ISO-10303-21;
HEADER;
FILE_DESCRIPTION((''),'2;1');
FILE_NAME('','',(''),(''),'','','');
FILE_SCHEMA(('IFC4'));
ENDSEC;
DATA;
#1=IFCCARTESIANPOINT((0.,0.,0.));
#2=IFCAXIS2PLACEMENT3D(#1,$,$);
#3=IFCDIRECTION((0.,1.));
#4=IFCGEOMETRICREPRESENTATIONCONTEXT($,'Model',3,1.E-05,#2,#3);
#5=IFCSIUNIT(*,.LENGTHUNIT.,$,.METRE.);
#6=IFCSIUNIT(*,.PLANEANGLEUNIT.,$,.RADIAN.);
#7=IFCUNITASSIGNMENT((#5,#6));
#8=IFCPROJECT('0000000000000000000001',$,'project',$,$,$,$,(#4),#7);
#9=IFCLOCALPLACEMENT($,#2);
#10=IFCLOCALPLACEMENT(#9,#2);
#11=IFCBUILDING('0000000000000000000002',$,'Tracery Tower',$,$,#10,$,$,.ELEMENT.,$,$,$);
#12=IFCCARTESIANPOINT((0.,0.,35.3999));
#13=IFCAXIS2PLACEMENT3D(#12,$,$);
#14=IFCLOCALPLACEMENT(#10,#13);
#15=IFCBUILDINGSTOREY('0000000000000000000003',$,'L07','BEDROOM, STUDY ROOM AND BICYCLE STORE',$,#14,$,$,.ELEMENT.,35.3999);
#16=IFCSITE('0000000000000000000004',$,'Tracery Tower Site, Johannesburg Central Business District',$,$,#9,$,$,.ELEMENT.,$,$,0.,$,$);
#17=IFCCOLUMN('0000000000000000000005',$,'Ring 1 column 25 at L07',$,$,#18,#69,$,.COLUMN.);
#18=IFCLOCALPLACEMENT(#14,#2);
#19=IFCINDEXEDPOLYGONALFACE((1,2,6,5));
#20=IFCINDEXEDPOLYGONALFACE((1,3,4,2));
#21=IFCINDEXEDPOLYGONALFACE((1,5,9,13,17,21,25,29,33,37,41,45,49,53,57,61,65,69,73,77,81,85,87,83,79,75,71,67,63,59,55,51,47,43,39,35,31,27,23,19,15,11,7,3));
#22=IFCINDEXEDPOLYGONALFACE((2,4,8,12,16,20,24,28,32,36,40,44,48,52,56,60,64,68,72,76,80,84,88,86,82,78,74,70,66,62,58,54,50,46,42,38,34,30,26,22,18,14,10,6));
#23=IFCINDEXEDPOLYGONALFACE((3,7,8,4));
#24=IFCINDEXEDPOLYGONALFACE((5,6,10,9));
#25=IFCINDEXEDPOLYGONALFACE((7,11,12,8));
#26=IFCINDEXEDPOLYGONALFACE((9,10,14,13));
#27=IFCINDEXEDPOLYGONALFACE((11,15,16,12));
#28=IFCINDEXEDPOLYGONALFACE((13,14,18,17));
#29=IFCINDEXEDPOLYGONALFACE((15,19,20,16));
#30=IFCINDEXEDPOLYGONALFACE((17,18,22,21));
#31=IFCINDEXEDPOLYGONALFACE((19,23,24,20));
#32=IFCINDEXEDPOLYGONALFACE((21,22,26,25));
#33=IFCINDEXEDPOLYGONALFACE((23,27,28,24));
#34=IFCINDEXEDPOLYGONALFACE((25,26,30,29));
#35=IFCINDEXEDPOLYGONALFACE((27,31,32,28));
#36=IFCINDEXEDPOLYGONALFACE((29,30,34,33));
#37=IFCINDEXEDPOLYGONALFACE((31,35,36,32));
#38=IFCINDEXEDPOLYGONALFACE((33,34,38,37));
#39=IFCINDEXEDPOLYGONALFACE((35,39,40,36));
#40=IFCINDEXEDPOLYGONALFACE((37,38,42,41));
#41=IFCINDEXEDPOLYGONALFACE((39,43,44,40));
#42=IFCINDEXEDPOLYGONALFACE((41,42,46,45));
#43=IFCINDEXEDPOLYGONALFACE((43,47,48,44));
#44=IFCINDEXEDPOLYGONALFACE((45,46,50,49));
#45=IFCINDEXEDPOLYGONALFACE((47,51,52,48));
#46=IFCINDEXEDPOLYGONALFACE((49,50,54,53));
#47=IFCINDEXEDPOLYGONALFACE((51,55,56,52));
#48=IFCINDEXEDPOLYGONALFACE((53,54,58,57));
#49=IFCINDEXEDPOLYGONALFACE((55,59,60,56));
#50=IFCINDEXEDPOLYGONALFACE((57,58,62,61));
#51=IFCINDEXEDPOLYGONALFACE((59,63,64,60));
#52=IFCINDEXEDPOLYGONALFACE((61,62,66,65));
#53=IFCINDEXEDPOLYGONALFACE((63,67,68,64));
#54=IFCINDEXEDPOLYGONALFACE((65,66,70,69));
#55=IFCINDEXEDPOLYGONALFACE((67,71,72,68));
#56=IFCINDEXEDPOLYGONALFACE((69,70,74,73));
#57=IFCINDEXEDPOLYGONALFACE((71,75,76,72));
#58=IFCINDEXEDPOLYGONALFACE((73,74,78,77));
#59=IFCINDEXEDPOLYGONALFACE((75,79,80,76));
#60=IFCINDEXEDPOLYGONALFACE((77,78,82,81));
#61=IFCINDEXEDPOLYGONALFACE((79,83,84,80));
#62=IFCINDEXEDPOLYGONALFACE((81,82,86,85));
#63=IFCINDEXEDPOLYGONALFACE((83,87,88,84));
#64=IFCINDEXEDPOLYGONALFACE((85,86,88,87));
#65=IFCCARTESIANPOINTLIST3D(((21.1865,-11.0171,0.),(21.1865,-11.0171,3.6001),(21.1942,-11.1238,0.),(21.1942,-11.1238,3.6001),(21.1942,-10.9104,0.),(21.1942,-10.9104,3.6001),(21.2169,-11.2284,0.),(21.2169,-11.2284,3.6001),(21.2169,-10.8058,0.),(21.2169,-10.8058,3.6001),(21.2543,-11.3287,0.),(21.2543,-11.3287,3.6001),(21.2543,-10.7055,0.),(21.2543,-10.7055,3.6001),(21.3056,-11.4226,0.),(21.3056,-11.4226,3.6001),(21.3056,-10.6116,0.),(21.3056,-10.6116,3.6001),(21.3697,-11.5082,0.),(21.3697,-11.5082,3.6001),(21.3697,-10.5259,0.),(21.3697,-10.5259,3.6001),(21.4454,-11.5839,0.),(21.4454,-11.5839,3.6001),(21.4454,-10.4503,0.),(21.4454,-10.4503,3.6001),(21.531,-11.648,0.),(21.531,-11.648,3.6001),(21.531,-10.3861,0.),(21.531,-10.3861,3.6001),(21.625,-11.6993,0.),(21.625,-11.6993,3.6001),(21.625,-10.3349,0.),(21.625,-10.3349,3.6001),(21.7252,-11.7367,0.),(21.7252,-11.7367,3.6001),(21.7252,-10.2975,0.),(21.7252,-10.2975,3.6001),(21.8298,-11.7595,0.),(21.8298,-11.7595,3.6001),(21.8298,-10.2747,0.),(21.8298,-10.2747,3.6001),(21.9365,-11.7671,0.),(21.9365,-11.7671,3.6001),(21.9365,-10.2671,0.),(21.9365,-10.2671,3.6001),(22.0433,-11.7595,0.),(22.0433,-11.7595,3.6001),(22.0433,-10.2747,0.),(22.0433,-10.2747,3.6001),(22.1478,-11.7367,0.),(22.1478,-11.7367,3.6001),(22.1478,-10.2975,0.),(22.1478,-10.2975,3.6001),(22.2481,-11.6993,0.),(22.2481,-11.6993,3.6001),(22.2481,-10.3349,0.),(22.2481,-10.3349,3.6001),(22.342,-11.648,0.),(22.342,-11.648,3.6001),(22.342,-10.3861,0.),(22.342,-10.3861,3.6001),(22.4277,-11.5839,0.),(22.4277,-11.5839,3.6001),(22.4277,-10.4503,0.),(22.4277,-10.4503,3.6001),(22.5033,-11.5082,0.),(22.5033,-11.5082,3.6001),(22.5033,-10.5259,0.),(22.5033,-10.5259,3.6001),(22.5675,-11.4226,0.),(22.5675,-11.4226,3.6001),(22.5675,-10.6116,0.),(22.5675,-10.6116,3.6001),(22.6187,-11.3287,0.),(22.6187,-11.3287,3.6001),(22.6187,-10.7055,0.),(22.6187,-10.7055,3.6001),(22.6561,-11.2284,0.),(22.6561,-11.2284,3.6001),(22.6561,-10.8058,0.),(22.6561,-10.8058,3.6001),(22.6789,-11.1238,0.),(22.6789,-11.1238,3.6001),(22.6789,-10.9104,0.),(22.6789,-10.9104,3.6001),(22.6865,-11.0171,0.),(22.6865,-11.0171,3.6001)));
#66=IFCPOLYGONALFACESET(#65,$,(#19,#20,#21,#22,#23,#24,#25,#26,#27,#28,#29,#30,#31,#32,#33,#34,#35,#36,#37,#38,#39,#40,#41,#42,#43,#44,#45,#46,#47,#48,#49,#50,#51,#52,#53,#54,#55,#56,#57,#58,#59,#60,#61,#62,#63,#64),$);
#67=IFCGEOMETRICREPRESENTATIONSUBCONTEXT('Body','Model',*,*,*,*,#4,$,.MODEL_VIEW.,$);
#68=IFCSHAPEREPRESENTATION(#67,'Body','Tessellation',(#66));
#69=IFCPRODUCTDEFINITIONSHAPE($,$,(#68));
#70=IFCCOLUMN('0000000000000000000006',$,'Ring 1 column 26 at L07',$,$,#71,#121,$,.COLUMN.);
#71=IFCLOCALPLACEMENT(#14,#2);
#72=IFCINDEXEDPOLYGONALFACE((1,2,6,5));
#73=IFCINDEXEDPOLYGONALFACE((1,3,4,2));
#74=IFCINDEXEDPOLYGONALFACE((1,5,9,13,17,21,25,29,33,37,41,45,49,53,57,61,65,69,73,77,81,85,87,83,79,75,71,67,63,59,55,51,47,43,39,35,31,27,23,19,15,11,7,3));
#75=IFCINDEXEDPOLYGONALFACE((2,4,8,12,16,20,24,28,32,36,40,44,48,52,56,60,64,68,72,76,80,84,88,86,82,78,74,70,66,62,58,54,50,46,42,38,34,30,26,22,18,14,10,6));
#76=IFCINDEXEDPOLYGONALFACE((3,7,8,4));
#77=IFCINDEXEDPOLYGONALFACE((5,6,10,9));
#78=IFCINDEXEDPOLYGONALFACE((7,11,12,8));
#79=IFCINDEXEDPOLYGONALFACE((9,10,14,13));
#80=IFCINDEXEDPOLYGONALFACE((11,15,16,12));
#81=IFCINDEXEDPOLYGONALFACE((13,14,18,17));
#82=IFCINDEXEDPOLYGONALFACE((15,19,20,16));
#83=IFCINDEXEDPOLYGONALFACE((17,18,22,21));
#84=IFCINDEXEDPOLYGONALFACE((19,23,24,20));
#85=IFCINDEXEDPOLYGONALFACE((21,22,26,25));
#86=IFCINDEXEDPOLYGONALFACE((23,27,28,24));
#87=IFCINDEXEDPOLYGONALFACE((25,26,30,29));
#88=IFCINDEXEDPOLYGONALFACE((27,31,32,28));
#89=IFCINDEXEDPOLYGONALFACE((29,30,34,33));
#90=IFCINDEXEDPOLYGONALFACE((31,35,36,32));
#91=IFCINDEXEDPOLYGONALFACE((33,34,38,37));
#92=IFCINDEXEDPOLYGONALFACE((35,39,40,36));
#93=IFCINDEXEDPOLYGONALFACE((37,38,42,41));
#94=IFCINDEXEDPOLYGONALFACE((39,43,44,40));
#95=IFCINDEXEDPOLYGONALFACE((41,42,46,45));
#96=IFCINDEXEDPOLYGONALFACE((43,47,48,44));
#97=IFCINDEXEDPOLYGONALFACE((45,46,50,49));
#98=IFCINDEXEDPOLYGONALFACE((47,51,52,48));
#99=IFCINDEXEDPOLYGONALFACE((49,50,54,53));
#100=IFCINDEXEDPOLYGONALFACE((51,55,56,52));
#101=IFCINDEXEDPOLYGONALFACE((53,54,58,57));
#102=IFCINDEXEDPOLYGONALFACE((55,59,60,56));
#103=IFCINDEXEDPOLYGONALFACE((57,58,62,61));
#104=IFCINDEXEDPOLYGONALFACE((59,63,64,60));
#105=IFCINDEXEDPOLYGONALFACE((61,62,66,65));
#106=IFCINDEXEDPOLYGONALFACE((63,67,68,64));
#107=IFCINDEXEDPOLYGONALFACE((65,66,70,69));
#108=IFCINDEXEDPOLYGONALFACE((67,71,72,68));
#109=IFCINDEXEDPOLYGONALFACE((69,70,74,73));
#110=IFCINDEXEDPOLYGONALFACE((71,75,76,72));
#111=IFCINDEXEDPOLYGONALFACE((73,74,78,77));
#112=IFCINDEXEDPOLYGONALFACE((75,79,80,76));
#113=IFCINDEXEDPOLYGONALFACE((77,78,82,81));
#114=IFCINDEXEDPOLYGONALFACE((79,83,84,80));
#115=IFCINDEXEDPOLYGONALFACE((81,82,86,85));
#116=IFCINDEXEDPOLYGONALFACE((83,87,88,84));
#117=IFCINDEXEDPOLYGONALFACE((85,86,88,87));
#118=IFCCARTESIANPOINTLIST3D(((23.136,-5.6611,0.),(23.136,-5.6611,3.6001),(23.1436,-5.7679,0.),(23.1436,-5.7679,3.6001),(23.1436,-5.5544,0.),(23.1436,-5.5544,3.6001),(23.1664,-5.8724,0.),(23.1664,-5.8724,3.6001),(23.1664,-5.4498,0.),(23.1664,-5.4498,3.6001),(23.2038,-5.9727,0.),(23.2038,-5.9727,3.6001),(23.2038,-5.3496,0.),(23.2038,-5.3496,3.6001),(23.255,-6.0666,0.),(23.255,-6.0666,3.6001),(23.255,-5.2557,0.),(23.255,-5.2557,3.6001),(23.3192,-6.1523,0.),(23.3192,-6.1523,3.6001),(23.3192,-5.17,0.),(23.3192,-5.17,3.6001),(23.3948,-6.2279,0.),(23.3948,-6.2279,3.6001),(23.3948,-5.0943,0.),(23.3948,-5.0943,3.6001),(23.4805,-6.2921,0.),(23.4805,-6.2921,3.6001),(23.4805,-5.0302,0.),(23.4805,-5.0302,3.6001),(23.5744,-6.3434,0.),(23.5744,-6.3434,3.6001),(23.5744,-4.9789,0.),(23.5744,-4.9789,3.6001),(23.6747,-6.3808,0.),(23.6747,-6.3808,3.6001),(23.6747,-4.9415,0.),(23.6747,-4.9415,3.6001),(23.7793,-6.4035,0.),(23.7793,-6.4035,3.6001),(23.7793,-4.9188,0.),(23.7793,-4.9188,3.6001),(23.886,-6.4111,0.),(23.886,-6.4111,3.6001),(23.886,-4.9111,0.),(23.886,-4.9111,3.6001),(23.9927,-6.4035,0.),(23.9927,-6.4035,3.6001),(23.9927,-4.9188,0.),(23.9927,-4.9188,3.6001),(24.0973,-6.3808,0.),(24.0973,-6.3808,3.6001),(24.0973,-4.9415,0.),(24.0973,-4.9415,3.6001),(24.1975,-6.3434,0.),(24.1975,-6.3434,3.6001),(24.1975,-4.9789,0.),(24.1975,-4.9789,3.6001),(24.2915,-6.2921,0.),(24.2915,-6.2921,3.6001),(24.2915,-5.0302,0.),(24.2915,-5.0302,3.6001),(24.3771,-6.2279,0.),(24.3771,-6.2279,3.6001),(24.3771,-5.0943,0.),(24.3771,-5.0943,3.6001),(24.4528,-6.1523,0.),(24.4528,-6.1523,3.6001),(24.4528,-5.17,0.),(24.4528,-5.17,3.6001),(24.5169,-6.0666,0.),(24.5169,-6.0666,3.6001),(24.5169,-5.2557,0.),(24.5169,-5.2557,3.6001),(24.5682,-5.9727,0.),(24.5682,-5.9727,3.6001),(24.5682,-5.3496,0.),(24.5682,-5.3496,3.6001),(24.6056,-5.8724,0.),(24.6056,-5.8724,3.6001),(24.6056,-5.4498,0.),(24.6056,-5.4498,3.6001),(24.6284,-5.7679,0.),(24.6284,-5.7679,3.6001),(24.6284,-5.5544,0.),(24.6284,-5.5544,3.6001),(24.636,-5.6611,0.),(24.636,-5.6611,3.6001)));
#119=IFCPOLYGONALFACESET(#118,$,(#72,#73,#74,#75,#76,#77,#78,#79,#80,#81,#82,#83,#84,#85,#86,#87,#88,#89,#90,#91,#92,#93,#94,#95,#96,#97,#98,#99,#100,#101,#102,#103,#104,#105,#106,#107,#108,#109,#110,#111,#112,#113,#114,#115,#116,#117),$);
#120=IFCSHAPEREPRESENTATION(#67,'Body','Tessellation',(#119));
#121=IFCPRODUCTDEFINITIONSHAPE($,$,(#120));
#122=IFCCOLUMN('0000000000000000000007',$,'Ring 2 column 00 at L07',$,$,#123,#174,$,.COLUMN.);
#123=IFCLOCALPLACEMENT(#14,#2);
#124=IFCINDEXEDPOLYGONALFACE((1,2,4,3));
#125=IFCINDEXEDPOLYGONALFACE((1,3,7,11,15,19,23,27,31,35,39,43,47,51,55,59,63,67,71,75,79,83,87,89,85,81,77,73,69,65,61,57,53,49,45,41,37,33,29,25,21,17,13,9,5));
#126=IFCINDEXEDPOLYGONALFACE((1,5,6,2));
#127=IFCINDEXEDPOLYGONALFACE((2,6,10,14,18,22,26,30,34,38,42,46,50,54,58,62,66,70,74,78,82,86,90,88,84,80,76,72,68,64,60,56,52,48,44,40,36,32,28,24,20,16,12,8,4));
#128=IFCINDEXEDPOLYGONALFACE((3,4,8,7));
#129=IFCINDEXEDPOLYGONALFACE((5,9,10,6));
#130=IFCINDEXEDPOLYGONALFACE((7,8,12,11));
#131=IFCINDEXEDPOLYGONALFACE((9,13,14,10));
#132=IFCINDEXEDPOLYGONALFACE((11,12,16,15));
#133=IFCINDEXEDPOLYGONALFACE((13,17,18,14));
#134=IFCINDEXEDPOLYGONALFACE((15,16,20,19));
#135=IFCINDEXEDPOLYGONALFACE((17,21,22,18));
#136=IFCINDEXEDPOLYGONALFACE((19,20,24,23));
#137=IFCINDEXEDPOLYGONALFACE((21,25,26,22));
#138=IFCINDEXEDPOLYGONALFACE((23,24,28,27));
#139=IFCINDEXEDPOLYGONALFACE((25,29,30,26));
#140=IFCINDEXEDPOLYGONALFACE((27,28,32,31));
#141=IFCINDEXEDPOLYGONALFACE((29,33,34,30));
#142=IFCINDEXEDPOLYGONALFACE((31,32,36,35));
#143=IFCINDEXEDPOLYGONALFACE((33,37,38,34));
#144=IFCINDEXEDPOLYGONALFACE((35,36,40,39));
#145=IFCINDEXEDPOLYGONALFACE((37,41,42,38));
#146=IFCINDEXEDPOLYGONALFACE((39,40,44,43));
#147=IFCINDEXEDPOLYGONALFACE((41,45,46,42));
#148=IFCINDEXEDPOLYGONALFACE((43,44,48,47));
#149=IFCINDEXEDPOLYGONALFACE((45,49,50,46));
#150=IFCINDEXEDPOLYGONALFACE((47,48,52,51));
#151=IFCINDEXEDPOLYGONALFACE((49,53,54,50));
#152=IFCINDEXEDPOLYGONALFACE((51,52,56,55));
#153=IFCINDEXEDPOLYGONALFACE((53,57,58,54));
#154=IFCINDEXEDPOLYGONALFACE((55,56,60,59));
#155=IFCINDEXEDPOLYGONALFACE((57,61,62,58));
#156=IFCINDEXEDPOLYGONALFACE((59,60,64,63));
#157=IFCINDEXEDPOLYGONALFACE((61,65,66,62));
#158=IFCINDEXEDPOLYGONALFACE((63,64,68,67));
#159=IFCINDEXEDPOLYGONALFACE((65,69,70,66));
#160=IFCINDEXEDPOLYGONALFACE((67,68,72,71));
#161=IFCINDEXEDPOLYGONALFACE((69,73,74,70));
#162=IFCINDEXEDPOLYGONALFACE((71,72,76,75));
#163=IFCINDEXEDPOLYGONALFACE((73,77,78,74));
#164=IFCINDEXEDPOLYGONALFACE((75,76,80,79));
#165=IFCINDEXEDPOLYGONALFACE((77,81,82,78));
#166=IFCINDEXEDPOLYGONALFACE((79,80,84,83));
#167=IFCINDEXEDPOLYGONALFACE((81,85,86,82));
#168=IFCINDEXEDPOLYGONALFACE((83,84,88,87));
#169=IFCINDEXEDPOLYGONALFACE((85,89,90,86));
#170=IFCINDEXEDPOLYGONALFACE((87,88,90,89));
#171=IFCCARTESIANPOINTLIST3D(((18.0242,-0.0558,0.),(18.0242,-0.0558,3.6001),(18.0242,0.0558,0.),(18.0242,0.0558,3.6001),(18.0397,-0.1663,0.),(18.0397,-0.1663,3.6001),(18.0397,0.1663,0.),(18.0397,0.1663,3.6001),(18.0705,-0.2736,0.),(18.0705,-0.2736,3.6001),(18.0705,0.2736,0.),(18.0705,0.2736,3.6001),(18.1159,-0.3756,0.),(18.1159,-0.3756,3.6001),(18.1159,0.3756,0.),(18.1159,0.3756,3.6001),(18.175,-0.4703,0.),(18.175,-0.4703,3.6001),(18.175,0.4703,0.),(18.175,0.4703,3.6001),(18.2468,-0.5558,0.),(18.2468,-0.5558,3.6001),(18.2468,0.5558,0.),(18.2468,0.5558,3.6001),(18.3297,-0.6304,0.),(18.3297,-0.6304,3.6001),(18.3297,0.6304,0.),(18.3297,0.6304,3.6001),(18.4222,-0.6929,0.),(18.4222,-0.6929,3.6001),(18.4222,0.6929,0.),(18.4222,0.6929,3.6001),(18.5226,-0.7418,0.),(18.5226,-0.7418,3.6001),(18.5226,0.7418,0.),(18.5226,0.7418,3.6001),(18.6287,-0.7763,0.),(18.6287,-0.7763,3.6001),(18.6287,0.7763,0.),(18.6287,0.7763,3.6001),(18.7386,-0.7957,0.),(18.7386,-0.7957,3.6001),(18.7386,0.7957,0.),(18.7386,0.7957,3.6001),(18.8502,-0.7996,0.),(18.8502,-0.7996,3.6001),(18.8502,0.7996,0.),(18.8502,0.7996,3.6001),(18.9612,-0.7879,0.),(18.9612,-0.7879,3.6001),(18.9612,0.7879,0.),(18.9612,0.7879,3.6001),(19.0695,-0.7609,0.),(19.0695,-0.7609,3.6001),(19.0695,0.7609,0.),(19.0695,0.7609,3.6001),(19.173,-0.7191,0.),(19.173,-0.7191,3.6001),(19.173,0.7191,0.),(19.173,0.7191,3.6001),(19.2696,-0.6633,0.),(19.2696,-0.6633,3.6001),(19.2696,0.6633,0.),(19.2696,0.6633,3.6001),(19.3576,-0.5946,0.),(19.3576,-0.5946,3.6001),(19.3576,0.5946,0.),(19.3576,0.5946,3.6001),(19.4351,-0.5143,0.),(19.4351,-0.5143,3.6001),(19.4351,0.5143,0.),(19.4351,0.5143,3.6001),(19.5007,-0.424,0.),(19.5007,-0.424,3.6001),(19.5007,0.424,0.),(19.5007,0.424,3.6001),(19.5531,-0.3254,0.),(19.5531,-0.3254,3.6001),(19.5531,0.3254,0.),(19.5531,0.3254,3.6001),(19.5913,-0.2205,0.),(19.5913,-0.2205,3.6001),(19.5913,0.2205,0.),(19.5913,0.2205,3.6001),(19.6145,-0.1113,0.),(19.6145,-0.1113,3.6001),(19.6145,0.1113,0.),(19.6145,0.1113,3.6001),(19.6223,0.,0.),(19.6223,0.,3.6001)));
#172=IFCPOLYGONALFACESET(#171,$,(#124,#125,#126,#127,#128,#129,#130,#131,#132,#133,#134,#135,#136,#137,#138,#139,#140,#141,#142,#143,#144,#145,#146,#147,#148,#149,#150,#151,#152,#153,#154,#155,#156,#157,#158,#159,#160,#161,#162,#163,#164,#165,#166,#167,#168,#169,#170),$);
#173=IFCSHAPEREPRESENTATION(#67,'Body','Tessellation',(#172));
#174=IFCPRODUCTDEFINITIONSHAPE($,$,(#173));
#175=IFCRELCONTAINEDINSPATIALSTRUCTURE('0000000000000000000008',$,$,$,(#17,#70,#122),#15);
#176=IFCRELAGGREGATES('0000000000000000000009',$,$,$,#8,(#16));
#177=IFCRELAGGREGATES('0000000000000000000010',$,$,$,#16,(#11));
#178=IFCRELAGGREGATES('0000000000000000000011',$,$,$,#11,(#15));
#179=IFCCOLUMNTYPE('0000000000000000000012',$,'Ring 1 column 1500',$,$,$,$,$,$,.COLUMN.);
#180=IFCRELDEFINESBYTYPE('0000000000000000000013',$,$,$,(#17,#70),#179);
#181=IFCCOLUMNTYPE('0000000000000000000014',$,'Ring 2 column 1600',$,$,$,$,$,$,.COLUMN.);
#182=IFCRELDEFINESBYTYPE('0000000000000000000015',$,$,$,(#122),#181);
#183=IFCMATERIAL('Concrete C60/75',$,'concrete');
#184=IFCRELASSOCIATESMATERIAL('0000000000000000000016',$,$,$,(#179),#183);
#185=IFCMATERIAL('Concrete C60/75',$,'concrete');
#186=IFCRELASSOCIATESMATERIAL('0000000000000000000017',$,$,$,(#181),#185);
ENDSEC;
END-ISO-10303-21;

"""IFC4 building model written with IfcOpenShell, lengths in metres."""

from ifc_helpers import new_model, si_unit, direction, frame, origin, origin_2d, place, context, subcontext, project, spatial, circle, extrude, material, material_profile, profile_set, type_object, element, save


model = new_model("IFC4")

# Units and contexts
model_context = context("Model", 3, precision=1e-05, world=origin(), true_north=direction((0.0, 1.0)))
body_context = subcontext(model_context, "Body", "Model", "MODEL_VIEW")
ifc_project = project(units=[si_unit("LENGTHUNIT", "METRE"), si_unit("PLANEANGLEUNIT", "RADIAN")], contexts=[model_context])

# Site, building, storey
site_placement = place(None, origin())
site = spatial("IfcSite", under=ifc_project, at=site_placement, Name="Tracery Tower Site, Johannesburg Central Business District", CompositionType="ELEMENT", RefElevation=0.0)
building_placement = place(site_placement, origin())
building = spatial("IfcBuilding", under=site, at=building_placement, Name="Tracery Tower", CompositionType="ELEMENT")
storey_placement = place(building_placement, frame((0.0, 0.0, 35.3999)))
storey = spatial("IfcBuildingStorey", under=building, at=storey_placement, Name="L07", Description="BEDROOM, STUDY ROOM AND BICYCLE STORE", CompositionType="ELEMENT", Elevation=35.3999)

# Columns
ifc_material_1 = material(Name="Concrete C60/75", Category="concrete")
ifc_material_profile_1 = material_profile(ifc_material_1, circle(Radius=0.75, at=origin_2d()), Name="RC D1500")
ifc_profile_set_1 = profile_set([ifc_material_profile_1], Name="Concrete C60/75")
column_type_1 = type_object("IfcColumnType", Name="Ring 1 column 1500", PredefinedType="COLUMN", material=ifc_profile_set_1)
for number, where, z_axis, x_axis, name in (
    (1, (21.9365, -11.0171, 0.0), (0.0, 0.0, 1.0), (1.0, 0.0, 0.0), "Ring 1 column 25 at L07"),
    (2, (23.886, -5.6611, 0.0), (0.0, 0.0, 1.0), (1.0, 0.0, 0.0), "Ring 1 column 26 at L07"),
):
    element("IfcColumn", number, at=place(storey_placement, frame(where, z_axis=z_axis, x_axis=x_axis)), inside=storey, type_object=column_type_1, Name=name, PredefinedType="COLUMN", context=body_context, shape_type="SweptSolid", body=[
        extrude(circle(Radius=0.75, at=origin_2d()), origin(), (0.0, 0.0, 1.0), 3.6001),
    ])
ifc_material_2 = material(Name="Concrete C60/75", Category="concrete")
ifc_material_profile_2 = material_profile(ifc_material_2, circle(Radius=0.8, at=origin_2d()), Name="RC D1600")
ifc_profile_set_2 = profile_set([ifc_material_profile_2], Name="Concrete C60/75")
column_type_2 = type_object("IfcColumnType", Name="Ring 2 column 1600", PredefinedType="COLUMN", material=ifc_profile_set_2)
for number, where, z_axis, x_axis, name in (
    (3, (18.8223, 0.0, 0.0), (0.0, 0.0, 1.0), (1.0, 0.0, 0.0), "Ring 2 column 00 at L07"),
):
    element("IfcColumn", number, at=place(storey_placement, frame(where, z_axis=z_axis, x_axis=x_axis)), inside=storey, type_object=column_type_2, Name=name, PredefinedType="COLUMN", context=body_context, shape_type="SweptSolid", body=[
        extrude(circle(Radius=0.8, at=origin_2d()), origin(), (0.0, 0.0, 1.0), 3.6001),
    ])

save(model, "model.ifc")
